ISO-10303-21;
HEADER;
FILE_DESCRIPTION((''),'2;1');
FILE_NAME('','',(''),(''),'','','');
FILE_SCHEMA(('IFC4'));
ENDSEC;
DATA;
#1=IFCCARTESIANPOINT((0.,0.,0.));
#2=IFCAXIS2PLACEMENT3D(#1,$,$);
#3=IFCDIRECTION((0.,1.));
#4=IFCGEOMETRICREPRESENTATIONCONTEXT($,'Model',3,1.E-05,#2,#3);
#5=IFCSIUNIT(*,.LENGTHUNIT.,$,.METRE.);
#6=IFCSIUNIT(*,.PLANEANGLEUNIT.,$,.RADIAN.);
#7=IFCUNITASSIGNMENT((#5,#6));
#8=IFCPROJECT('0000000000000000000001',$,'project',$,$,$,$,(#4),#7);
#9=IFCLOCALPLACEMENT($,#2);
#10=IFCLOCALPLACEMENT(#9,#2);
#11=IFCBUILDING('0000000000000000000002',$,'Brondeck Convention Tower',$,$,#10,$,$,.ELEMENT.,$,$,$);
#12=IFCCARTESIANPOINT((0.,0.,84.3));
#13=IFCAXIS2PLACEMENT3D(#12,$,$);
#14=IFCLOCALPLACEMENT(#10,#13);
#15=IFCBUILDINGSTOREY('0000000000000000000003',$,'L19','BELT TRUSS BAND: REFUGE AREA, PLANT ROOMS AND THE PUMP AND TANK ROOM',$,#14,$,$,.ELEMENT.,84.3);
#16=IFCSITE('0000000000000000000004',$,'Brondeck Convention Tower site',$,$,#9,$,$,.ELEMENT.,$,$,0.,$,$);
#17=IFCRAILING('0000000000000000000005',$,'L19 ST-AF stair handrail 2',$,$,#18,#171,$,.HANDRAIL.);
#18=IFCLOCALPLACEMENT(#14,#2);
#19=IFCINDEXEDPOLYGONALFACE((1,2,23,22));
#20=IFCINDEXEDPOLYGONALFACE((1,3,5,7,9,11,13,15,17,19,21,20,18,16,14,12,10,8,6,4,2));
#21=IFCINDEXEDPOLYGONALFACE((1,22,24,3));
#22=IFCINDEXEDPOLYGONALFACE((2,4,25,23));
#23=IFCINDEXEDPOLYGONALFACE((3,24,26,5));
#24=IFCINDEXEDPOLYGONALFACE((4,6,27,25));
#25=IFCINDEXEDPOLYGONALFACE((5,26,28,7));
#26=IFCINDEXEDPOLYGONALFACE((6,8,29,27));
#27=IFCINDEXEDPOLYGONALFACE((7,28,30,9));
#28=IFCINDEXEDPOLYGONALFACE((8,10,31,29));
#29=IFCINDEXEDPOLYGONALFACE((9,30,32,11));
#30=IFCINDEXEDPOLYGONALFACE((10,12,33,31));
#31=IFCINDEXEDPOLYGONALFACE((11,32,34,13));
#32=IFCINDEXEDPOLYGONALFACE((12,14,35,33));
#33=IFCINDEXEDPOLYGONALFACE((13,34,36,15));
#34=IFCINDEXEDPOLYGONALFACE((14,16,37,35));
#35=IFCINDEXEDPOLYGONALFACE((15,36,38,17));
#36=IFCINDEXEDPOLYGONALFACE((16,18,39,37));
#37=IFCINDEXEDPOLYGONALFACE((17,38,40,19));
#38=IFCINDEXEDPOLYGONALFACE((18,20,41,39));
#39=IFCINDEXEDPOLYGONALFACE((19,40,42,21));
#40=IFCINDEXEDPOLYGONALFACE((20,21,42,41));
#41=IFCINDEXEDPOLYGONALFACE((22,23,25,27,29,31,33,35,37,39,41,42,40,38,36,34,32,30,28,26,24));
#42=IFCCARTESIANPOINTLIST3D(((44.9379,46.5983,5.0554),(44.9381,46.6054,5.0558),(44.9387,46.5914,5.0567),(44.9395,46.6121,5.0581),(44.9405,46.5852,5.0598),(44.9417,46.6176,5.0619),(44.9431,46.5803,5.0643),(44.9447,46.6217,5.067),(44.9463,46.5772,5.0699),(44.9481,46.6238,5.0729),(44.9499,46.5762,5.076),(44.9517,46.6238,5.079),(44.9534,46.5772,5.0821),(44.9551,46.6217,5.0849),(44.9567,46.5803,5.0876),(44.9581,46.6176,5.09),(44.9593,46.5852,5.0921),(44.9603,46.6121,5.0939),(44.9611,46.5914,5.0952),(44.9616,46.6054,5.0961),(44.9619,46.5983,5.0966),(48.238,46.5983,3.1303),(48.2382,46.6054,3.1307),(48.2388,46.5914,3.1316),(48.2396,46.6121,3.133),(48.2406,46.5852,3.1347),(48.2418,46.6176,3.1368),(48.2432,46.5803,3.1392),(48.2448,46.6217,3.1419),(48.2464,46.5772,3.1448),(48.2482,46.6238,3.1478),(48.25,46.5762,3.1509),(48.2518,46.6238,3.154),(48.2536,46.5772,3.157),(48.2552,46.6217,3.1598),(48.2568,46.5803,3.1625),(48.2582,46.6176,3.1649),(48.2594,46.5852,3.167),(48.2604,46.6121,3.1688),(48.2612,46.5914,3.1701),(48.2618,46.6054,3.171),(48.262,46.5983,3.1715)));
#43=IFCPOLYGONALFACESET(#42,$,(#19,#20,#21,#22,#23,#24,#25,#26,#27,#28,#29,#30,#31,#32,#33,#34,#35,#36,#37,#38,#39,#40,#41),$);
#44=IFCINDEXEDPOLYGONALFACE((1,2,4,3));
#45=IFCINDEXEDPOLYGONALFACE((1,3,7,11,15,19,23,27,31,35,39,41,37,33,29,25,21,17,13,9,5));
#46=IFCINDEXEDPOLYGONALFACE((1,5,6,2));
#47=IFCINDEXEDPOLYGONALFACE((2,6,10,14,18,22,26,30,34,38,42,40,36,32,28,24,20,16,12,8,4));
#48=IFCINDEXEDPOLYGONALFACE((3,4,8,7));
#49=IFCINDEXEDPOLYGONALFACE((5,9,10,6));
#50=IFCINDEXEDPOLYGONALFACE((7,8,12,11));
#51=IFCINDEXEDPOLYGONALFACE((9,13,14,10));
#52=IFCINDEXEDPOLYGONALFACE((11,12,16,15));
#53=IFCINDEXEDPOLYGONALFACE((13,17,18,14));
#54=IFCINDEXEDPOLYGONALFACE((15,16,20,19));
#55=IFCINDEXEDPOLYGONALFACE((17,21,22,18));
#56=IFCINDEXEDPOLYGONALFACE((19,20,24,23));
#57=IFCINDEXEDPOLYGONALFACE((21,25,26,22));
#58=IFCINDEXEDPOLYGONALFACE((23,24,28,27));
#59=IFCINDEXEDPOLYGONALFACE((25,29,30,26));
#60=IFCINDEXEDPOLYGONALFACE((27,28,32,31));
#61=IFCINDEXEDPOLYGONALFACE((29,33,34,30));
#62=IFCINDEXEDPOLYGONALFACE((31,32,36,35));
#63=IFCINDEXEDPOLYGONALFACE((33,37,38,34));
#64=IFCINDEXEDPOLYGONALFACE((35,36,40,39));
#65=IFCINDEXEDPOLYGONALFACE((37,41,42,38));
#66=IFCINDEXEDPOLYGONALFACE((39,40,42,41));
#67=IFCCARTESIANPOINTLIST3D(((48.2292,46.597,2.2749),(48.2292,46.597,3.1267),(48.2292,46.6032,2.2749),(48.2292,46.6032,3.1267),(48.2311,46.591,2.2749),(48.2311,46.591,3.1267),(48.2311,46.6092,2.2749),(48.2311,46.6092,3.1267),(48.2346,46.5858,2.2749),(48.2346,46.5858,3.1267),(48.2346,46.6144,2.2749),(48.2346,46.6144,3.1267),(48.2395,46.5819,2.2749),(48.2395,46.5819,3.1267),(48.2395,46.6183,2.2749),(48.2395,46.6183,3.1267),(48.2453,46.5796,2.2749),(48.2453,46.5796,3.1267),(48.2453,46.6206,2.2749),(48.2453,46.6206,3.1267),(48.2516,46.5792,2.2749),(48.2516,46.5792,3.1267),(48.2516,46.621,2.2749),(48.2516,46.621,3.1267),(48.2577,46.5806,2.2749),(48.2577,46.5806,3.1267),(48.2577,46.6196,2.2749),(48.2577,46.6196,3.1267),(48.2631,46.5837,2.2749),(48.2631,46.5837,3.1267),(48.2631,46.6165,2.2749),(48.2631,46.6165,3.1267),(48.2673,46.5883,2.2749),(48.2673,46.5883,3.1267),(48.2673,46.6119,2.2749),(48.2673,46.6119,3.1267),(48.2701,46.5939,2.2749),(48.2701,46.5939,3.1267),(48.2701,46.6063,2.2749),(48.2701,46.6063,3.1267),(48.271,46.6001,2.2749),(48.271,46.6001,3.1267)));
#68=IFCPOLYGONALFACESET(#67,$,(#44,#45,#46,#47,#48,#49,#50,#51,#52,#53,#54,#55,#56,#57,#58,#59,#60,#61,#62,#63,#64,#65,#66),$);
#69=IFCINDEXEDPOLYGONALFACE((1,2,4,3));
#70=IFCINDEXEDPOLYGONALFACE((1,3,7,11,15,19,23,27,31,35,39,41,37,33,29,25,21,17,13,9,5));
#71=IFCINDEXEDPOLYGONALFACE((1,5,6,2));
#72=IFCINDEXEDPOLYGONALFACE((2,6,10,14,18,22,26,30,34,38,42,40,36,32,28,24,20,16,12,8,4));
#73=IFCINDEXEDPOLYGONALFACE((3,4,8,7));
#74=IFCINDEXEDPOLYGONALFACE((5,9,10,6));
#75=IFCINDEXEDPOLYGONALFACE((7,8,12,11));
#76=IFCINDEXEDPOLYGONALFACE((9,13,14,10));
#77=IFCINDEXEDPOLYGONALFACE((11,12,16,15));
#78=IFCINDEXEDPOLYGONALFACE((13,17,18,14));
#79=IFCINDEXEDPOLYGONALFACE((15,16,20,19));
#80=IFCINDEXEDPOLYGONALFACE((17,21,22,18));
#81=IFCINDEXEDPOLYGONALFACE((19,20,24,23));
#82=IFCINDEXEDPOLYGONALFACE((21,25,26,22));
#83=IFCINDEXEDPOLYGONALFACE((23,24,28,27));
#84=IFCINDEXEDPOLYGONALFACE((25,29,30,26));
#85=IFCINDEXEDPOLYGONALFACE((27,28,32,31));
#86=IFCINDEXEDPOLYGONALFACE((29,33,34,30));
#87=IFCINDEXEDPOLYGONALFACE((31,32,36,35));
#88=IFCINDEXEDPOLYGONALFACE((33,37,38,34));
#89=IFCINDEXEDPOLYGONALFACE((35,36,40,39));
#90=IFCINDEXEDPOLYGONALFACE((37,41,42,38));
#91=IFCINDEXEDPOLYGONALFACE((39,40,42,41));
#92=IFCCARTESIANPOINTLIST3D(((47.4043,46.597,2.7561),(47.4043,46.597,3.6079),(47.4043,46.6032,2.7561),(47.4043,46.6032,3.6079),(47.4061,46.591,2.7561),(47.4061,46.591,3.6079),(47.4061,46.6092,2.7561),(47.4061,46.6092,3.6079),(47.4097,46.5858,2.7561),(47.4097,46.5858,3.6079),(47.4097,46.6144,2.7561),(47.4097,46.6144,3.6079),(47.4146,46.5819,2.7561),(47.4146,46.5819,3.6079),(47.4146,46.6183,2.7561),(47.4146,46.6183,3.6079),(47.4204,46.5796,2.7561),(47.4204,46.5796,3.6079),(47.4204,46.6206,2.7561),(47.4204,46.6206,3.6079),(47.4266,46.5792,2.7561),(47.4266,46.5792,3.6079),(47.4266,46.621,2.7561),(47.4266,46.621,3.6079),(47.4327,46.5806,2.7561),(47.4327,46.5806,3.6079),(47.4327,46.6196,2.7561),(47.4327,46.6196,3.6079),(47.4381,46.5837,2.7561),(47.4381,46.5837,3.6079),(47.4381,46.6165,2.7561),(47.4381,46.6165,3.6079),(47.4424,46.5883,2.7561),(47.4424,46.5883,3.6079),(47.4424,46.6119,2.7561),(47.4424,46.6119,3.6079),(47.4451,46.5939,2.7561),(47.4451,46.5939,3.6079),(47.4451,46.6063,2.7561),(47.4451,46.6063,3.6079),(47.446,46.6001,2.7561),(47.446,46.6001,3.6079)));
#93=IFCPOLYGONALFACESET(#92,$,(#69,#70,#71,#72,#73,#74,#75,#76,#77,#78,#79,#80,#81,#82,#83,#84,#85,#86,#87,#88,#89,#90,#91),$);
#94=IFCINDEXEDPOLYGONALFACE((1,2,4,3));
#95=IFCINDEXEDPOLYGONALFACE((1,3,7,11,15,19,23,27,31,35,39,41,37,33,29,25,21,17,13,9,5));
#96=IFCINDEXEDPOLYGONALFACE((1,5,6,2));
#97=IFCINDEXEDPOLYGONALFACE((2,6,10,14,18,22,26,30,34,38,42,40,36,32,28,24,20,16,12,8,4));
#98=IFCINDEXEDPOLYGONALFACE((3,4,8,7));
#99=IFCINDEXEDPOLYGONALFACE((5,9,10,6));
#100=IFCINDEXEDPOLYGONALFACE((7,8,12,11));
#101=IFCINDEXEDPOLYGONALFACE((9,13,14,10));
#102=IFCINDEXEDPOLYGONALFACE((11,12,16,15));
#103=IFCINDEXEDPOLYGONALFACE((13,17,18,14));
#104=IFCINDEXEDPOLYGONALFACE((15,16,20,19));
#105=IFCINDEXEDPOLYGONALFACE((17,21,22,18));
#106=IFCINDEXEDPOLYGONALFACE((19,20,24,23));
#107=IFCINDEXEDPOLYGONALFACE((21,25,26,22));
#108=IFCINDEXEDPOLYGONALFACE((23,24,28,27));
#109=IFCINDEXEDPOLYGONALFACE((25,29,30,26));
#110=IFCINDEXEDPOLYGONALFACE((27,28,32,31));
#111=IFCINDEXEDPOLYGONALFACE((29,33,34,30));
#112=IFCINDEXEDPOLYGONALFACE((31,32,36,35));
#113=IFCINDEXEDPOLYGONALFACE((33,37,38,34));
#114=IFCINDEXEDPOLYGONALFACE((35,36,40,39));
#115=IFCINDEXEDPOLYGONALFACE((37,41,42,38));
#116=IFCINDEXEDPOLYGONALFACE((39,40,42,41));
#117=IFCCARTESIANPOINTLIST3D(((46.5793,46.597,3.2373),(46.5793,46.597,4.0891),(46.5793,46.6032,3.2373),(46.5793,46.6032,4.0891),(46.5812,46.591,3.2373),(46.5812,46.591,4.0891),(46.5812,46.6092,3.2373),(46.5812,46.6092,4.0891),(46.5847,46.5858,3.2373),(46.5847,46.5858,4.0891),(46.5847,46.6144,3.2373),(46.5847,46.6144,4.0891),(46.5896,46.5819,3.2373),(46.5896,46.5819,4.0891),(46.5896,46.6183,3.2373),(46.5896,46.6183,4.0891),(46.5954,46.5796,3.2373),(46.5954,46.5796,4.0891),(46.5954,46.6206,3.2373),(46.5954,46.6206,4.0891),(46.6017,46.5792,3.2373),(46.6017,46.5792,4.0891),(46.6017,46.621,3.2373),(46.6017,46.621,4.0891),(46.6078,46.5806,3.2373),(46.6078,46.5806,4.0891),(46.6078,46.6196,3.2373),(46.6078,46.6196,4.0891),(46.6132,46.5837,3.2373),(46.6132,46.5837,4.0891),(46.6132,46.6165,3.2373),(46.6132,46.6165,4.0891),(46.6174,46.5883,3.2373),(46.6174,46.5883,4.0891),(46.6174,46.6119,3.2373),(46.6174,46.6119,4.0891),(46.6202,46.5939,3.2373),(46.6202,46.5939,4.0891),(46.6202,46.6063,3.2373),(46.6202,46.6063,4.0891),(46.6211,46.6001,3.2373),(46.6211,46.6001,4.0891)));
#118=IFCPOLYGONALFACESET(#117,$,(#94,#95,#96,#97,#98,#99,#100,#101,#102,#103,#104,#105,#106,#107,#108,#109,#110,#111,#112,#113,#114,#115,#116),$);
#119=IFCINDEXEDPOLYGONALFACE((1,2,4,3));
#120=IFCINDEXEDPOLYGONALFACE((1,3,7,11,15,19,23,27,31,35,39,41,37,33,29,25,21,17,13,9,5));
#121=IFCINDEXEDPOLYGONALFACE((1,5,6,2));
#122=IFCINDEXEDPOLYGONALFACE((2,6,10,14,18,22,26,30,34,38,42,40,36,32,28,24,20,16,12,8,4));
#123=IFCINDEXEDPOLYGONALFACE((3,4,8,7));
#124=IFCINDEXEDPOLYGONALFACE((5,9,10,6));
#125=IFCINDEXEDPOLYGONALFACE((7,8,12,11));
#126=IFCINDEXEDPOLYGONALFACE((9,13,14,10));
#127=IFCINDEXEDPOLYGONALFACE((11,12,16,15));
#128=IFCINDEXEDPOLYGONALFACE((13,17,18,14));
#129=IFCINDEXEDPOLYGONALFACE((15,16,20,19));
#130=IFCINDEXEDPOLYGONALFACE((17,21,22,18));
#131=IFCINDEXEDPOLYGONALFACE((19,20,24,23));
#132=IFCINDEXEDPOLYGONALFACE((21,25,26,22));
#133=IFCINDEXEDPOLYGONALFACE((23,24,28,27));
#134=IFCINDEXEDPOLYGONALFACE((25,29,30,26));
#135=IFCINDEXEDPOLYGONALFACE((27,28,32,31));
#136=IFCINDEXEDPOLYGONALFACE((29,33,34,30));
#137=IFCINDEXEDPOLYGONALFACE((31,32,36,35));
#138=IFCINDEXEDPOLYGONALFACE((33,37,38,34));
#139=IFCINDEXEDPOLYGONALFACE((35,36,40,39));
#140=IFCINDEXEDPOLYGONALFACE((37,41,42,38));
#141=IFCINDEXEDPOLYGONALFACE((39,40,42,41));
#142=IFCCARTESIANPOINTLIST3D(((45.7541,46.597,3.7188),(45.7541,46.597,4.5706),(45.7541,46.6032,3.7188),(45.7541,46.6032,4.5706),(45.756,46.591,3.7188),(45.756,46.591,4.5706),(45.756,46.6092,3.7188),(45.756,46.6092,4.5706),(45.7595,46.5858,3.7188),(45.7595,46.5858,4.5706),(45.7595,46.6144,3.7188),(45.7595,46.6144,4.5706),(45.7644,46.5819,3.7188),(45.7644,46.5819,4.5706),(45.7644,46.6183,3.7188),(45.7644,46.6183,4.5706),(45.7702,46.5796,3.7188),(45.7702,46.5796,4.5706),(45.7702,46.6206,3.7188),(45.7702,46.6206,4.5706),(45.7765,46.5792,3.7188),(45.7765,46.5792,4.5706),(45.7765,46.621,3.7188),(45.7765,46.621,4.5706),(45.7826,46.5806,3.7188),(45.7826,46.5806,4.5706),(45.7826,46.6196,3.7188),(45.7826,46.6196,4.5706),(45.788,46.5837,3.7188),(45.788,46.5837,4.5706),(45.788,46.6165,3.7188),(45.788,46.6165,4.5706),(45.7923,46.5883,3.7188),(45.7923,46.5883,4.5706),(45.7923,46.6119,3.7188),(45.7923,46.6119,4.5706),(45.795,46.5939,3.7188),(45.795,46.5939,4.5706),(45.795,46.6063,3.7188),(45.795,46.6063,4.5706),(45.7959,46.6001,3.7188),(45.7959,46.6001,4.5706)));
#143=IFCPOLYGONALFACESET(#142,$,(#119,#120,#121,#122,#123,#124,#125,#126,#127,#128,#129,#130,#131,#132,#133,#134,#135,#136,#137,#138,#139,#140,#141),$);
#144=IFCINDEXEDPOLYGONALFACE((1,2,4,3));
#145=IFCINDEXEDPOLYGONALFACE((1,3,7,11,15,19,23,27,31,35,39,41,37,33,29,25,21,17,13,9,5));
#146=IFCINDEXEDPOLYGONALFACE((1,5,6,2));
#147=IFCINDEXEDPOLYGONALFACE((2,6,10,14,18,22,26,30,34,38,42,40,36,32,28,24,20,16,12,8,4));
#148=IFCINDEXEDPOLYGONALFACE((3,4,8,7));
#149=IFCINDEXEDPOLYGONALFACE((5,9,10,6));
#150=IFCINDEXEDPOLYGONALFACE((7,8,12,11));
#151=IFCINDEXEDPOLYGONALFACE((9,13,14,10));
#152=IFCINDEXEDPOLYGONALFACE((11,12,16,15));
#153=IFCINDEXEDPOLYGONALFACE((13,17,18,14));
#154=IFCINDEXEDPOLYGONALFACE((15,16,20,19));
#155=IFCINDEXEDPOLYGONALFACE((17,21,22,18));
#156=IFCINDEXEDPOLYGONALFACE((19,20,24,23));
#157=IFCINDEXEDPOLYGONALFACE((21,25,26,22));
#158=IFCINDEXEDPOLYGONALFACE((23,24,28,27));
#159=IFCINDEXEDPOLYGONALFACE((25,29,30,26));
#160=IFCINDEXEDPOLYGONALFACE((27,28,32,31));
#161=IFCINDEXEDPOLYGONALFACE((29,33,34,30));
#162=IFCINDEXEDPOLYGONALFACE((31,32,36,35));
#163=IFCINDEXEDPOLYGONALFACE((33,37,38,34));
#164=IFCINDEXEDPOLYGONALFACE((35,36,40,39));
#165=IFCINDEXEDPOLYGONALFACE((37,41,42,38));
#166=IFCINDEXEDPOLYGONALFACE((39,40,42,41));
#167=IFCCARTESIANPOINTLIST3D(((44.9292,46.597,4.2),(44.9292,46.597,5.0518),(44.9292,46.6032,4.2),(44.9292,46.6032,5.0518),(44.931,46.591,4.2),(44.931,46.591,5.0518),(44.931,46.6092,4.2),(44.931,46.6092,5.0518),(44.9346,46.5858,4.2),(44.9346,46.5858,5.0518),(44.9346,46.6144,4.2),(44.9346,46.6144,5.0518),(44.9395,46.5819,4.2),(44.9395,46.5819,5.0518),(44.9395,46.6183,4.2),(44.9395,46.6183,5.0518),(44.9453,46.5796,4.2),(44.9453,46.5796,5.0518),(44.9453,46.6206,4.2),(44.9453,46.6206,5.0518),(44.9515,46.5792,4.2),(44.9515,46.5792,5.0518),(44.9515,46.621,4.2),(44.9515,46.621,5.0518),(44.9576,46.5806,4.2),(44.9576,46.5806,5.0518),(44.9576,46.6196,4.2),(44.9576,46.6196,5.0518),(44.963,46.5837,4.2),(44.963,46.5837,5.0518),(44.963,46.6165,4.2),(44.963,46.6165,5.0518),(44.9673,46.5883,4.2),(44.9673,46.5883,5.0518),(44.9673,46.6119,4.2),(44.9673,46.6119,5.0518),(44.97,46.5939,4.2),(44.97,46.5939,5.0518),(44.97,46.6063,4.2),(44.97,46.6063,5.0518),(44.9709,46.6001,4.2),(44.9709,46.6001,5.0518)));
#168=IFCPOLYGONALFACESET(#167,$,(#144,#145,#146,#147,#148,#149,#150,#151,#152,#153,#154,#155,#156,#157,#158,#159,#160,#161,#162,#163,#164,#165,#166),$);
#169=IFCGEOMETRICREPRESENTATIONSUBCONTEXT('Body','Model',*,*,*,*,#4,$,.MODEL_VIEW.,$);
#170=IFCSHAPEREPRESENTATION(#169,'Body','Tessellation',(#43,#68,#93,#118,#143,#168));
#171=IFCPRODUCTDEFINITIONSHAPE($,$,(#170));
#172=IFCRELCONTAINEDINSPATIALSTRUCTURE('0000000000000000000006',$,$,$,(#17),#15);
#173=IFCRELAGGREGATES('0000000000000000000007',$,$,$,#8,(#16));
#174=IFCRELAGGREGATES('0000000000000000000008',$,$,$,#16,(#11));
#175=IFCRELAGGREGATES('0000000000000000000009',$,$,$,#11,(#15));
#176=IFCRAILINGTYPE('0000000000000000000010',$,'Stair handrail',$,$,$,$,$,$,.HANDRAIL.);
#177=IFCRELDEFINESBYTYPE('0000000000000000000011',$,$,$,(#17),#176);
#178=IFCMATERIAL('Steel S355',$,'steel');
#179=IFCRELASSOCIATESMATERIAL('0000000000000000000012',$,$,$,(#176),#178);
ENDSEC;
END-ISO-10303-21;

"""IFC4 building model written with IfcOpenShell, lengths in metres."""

from ifc_helpers import new_model, si_unit, direction, frame, origin, origin_2d, place, context, subcontext, project, spatial, circle, extrude, material, type_object, element, save


model = new_model("IFC4")

# Units and contexts
model_context = context("Model", 3, precision=1e-05, world=origin(), true_north=direction((0.0, 1.0)))
body_context = subcontext(model_context, "Body", "Model", "MODEL_VIEW")
ifc_project = project(units=[si_unit("LENGTHUNIT", "METRE"), si_unit("PLANEANGLEUNIT", "RADIAN")], contexts=[model_context])

# Site, building, storey
site_placement = place(None, origin())
site = spatial("IfcSite", under=ifc_project, at=site_placement, Name="Brondeck Convention Tower site", CompositionType="ELEMENT", RefElevation=0.0)
building_placement = place(site_placement, origin())
building = spatial("IfcBuilding", under=site, at=building_placement, Name="Brondeck Convention Tower", CompositionType="ELEMENT")
storey_placement = place(building_placement, frame((0.0, 0.0, 84.3)))
storey = spatial("IfcBuildingStorey", under=building, at=storey_placement, Name="L19", Description="BELT TRUSS BAND: REFUGE AREA, PLANT ROOMS AND THE PUMP AND TANK ROOM", CompositionType="ELEMENT", Elevation=84.3)

# Shared definitions
ifc_material_1 = material(Name="Steel S355", Category="steel")

# Railing
railing_type_1 = type_object("IfcRailingType", Name="Stair handrail", PredefinedType="HANDRAIL", material=ifc_material_1)
railing_1_placement = place(storey_placement, frame((48.25, 46.6001, 2.2749)))
element("IfcRailing", 1, at=railing_1_placement, inside=storey, type_object=railing_type_1, Name="L19 ST-AF stair handrail 2", PredefinedType="HANDRAIL", context=body_context, shape_type="SweptSolid", body=[
    extrude(circle(Radius=0.0239, at=origin_2d()), frame((0.0, 0.0, 0.876), z_axis=(-0.863777, 0.0, 0.503875), x_axis=(0.0, -1.0, 0.0)), (0.0, 0.0, 1.0), 3.8206),
    extrude(circle(Radius=0.021, at=origin_2d()), origin(), (0.0, 0.0, 1.0), 0.8518),
    extrude(circle(Radius=0.021, at=origin_2d()), frame((-0.825, 0.0, 0.4812)), (0.0, 0.0, 1.0), 0.8518),
    extrude(circle(Radius=0.021, at=origin_2d()), frame((-1.6499, 0.0, 0.9624)), (0.0, 0.0, 1.0), 0.8518),
    extrude(circle(Radius=0.021, at=origin_2d()), frame((-2.4751, 0.0, 1.4438)), (0.0, 0.0, 1.0), 0.8518),
    extrude(circle(Radius=0.021, at=origin_2d()), frame((-3.3, 0.0, 1.925)), (0.0, 0.0, 1.0), 0.8518),
])

save(model, "model.ifc")
